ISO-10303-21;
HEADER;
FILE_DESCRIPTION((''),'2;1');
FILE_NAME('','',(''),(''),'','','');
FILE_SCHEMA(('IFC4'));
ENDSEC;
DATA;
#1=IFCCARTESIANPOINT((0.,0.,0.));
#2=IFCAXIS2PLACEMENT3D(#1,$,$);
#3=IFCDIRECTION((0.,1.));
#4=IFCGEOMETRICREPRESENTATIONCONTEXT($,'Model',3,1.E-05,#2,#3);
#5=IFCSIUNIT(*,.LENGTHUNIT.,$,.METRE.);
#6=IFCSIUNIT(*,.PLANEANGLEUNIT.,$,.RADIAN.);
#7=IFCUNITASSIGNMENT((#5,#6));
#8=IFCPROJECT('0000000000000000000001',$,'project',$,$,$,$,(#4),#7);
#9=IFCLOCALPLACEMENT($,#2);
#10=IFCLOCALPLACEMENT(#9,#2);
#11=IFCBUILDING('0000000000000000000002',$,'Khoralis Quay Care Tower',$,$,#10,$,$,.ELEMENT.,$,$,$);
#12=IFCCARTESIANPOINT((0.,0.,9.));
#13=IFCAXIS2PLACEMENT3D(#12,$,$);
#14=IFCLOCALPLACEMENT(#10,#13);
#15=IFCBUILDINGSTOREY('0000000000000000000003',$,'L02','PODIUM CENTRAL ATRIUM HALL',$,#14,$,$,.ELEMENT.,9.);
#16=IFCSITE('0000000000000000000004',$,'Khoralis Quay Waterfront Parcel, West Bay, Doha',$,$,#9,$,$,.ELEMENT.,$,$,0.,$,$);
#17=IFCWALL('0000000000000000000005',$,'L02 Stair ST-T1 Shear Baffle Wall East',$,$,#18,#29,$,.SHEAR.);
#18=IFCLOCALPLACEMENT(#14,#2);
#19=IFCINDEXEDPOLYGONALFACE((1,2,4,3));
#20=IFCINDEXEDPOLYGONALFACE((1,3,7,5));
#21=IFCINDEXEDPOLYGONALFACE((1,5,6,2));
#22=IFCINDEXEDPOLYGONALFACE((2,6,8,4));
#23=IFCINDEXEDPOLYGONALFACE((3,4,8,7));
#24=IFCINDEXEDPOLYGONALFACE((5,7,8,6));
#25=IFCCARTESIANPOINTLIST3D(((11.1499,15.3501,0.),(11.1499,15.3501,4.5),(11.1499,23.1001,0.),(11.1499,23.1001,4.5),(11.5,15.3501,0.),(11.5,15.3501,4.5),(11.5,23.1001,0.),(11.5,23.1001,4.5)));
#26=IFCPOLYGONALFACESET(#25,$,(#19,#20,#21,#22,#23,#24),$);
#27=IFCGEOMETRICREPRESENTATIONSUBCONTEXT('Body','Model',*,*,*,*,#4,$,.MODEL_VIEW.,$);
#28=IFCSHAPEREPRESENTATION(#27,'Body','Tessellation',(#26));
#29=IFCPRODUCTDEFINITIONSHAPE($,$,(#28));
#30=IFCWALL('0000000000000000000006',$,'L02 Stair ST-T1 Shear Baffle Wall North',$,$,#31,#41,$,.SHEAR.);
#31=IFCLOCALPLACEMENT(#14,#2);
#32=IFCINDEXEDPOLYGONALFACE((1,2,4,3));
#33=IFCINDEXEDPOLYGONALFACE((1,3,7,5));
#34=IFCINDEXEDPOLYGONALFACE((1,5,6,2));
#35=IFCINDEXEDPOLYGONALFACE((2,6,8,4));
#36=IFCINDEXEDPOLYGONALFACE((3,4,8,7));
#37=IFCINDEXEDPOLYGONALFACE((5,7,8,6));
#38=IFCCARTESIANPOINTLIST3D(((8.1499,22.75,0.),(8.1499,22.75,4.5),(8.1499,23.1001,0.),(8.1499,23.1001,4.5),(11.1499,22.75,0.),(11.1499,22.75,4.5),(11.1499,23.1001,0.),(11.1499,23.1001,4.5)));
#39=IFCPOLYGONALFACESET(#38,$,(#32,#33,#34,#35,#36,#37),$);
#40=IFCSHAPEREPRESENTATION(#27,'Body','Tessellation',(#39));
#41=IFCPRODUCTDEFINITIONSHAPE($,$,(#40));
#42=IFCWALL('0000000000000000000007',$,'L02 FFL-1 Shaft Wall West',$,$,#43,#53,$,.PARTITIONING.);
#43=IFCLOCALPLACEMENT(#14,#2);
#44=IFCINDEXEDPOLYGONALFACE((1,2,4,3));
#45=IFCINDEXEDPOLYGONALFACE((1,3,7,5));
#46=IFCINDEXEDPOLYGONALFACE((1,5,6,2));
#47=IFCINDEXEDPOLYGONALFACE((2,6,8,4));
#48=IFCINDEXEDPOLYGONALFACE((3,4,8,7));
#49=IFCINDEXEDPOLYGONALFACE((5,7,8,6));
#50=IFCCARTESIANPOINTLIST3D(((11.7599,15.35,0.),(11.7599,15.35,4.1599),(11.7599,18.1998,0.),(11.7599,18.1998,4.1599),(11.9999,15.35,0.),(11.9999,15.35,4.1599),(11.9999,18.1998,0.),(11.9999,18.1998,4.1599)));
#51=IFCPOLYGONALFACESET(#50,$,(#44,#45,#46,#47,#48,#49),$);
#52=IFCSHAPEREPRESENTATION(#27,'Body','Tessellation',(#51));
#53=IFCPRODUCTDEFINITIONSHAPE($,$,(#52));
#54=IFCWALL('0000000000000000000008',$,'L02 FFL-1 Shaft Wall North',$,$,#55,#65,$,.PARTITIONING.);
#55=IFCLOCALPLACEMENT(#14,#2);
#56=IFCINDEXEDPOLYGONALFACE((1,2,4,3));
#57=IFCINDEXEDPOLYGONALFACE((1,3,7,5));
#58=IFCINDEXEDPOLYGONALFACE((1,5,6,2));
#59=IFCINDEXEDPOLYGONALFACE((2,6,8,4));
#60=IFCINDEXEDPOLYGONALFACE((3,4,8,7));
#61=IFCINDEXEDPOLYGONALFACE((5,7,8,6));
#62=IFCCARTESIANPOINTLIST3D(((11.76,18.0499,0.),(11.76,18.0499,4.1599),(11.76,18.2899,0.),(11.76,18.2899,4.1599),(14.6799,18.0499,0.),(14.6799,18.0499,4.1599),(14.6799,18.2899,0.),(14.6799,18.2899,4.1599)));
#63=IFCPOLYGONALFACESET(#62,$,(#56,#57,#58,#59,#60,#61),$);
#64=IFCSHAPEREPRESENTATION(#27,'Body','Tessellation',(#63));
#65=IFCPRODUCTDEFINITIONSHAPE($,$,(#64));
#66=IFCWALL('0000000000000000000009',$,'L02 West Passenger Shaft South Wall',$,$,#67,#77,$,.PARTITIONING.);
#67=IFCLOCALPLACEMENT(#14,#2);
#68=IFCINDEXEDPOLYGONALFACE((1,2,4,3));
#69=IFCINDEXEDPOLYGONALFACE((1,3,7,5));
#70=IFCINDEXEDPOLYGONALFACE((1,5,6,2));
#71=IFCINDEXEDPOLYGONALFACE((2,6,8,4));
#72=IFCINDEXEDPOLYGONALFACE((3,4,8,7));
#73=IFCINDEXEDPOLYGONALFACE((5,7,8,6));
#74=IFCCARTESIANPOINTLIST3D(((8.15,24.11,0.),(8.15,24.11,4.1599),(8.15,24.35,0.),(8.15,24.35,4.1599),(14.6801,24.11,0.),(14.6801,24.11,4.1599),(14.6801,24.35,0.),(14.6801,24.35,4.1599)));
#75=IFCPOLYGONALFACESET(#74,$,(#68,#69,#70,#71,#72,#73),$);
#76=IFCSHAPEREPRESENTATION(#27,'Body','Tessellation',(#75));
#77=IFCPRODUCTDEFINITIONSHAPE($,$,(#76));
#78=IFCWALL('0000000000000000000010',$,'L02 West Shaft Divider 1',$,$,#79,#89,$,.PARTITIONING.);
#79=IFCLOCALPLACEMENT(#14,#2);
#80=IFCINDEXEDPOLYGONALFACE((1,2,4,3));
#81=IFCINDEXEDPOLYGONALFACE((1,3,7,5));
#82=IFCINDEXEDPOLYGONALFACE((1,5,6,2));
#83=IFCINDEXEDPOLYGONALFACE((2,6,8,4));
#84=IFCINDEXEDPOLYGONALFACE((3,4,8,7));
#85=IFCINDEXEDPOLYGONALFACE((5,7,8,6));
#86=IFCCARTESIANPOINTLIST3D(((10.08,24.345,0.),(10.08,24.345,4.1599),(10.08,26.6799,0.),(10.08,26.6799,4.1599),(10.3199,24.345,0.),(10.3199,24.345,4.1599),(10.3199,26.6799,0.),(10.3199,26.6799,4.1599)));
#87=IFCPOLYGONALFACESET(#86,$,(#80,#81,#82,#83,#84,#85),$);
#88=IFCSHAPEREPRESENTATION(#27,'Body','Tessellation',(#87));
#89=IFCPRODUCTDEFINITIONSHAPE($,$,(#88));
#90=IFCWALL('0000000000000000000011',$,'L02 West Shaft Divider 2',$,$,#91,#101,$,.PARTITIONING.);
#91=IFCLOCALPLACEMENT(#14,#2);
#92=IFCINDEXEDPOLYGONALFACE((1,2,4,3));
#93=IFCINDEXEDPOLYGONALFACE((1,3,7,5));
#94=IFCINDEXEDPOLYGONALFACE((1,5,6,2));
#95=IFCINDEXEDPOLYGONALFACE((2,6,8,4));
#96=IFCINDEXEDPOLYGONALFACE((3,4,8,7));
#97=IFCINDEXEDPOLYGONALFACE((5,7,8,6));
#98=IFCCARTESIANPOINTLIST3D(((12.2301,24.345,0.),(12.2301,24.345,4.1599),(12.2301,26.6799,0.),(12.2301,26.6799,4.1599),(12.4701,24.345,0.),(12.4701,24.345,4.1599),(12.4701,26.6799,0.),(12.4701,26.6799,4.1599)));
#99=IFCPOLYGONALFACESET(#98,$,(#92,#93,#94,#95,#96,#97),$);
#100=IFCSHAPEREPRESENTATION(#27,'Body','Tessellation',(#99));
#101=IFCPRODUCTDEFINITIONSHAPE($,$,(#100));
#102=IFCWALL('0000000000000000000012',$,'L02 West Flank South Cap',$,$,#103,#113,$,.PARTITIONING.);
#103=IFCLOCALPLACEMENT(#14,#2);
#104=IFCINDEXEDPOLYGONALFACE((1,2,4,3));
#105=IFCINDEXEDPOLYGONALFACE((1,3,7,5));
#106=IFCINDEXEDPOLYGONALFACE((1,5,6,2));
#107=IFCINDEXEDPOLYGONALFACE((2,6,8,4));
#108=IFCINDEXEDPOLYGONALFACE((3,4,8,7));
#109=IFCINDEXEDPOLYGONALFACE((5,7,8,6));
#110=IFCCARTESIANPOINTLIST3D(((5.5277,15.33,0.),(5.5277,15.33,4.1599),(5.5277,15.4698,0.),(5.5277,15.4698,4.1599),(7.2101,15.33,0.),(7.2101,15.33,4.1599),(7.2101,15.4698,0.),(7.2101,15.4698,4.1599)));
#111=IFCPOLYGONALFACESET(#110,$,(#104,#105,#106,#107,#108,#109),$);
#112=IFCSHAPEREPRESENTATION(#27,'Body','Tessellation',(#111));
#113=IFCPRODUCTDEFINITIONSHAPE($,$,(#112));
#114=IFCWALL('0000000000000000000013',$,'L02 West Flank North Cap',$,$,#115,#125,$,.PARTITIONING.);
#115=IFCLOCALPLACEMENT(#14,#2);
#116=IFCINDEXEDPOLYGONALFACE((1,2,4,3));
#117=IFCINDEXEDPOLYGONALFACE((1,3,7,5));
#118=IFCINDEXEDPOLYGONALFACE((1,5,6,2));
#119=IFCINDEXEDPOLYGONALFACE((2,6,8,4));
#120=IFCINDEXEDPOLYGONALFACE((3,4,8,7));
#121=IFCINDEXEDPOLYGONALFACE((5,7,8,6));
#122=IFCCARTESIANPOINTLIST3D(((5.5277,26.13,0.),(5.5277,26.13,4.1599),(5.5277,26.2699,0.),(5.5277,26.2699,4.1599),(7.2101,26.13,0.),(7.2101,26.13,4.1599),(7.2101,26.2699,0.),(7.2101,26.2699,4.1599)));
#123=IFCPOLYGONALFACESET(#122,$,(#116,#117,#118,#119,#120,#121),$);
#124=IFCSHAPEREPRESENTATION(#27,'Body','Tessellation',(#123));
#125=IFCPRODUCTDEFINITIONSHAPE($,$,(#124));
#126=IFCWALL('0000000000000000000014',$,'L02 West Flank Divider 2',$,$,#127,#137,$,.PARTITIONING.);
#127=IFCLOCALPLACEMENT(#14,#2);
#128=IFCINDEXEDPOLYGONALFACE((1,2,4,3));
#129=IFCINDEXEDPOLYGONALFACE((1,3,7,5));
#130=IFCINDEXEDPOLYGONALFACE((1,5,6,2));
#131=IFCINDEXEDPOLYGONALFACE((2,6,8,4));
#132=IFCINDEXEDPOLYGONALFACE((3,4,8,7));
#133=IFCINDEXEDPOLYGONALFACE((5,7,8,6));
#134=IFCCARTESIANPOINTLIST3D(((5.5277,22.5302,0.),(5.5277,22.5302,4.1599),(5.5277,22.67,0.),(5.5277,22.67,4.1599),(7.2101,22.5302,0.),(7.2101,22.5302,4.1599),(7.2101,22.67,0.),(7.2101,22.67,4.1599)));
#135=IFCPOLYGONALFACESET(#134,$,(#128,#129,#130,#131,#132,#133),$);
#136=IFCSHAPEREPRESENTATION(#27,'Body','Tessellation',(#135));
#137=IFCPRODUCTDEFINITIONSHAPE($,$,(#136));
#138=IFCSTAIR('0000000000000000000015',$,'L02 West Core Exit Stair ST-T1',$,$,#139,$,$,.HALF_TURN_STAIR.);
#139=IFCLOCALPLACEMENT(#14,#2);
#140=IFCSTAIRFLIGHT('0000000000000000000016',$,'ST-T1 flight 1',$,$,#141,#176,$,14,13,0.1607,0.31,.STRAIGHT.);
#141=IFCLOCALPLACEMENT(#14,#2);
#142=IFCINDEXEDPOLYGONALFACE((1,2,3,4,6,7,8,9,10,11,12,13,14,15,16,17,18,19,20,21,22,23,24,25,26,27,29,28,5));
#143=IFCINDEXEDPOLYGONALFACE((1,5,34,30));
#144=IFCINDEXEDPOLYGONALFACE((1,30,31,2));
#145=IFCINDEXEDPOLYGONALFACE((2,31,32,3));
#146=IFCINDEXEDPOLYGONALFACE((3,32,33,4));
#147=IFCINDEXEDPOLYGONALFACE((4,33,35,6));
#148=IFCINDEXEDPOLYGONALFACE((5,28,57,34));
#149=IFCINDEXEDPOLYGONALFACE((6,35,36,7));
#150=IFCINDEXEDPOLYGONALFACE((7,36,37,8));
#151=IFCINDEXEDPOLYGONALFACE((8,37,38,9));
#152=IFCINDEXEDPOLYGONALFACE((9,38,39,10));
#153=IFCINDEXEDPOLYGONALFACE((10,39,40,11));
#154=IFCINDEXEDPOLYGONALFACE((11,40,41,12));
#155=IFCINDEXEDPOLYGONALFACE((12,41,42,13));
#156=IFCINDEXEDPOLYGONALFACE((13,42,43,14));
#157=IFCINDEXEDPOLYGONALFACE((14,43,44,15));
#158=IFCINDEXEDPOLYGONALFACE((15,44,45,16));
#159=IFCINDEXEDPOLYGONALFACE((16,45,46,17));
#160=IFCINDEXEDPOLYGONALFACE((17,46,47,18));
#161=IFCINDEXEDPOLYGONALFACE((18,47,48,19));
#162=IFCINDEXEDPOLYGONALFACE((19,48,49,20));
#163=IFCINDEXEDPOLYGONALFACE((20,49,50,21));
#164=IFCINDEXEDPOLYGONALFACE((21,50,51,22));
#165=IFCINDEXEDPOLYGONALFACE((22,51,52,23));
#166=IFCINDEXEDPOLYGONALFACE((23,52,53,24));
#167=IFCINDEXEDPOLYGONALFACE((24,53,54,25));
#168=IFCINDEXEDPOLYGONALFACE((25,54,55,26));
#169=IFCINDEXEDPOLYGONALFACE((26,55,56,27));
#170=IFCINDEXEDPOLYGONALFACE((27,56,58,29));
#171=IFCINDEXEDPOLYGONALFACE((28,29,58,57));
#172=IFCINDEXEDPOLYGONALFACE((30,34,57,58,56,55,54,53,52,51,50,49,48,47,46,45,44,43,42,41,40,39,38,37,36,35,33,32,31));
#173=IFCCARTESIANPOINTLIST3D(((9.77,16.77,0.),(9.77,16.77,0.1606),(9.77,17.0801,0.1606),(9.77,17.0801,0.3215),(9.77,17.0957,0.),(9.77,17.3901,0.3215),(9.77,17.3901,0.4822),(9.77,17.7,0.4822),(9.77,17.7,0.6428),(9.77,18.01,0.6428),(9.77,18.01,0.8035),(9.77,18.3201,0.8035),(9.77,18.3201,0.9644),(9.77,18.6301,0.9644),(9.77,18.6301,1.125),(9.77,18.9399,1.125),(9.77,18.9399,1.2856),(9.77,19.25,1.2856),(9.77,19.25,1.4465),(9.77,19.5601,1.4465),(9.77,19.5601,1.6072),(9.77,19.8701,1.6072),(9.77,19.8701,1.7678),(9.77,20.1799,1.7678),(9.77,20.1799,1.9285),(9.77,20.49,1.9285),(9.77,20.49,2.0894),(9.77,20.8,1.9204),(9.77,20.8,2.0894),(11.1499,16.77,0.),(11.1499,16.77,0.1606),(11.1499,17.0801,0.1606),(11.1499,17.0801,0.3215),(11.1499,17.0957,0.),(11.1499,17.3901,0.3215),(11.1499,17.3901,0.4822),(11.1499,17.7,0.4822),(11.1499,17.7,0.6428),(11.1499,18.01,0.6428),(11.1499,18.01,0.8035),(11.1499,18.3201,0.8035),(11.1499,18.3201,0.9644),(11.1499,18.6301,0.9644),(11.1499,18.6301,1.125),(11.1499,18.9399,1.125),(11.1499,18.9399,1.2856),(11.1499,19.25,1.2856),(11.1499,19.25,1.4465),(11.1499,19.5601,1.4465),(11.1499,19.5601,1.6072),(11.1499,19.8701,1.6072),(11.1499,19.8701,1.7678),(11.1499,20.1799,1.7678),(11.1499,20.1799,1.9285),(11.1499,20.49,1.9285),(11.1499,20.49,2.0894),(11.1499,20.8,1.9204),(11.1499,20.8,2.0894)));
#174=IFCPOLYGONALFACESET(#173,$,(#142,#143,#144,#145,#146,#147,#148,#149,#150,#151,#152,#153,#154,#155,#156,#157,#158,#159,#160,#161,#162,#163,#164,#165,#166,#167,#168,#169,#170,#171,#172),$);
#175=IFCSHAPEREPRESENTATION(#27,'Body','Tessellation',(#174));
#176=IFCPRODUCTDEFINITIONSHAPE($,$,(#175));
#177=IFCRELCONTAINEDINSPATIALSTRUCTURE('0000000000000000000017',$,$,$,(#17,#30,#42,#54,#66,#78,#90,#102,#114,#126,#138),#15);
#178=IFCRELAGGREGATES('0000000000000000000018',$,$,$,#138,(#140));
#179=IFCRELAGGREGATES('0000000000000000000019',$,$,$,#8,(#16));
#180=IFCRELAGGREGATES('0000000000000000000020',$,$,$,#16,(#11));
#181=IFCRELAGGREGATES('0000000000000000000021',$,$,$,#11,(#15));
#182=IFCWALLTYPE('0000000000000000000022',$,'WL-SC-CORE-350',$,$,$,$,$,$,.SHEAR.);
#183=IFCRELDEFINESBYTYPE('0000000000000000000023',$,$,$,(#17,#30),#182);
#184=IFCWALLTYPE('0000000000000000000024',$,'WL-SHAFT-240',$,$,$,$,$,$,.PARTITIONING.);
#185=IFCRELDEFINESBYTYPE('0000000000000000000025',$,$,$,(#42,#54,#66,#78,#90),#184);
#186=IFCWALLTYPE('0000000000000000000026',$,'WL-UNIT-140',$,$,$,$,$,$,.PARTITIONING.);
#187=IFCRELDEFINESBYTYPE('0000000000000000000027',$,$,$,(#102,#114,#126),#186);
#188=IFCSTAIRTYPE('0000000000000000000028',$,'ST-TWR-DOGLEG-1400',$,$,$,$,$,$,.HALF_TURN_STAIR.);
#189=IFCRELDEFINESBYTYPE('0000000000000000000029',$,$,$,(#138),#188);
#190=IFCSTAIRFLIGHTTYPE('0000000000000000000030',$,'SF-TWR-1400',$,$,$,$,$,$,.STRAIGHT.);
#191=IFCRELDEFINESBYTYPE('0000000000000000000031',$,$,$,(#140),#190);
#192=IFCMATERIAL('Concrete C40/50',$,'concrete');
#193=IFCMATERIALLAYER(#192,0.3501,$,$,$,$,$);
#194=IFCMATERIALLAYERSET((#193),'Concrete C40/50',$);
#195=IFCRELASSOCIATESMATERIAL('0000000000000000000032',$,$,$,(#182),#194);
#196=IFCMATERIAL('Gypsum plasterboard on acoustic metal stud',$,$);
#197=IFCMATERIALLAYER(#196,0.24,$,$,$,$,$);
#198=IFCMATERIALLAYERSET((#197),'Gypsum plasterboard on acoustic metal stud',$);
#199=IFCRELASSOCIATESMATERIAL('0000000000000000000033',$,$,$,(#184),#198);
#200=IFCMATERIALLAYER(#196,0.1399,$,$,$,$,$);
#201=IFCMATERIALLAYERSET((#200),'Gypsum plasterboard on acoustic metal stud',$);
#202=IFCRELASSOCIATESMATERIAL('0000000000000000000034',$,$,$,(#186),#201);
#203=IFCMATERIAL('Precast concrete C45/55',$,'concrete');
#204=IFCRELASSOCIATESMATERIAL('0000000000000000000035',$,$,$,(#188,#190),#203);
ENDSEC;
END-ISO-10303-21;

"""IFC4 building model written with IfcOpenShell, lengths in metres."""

from ifc_helpers import new_model, si_unit, direction, frame, frame_2d, origin, place, context, subcontext, project, spatial, polyline, rectangle, outline, extrude, source, transform, mapped, material, layer, layer_set, type_object, element, aggregate, save


model = new_model("IFC4")

# Units and contexts
model_context = context("Model", 3, precision=1e-05, world=origin(), true_north=direction((0.0, 1.0)))
body_context = subcontext(model_context, "Body", "Model", "MODEL_VIEW")
ifc_project = project(units=[si_unit("LENGTHUNIT", "METRE"), si_unit("PLANEANGLEUNIT", "RADIAN")], contexts=[model_context])

# Site, building, storey
site_placement = place(None, origin())
site = spatial("IfcSite", under=ifc_project, at=site_placement, Name="Khoralis Quay Waterfront Parcel, West Bay, Doha", CompositionType="ELEMENT", RefElevation=0.0)
building_placement = place(site_placement, origin())
building = spatial("IfcBuilding", under=site, at=building_placement, Name="Khoralis Quay Care Tower", CompositionType="ELEMENT")
storey_placement = place(building_placement, frame((0.0, 0.0, 9.0)))
storey = spatial("IfcBuildingStorey", under=building, at=storey_placement, Name="L02", Description="PODIUM CENTRAL ATRIUM HALL", CompositionType="ELEMENT", Elevation=9.0)

# Shared definitions
ifc_material_1 = material(Name="Gypsum plasterboard on acoustic metal stud")

# Walls
ifc_material_2 = material(Name="Concrete C40/50", Category="concrete")
ifc_layer_1 = layer(ifc_material_2, 0.3501)
ifc_layer_set_1 = layer_set([ifc_layer_1], Name="Concrete C40/50")
wall_type_1 = type_object("IfcWallType", Name="WL-SC-CORE-350", PredefinedType="SHEAR", material=ifc_layer_set_1)
wall_1_placement = place(storey_placement, frame((11.325, 15.3501, 0.0), z_axis=(0.0, 0.0, 1.0), x_axis=(0.0, 1.0, 0.0)))
element("IfcWall", 1, at=wall_1_placement, inside=storey, type_object=wall_type_1, Name="L02 Stair ST-T1 Shear Baffle Wall East", PredefinedType="SHEAR", context=body_context, shape_type="SweptSolid", body=[
    extrude(rectangle(XDim=7.75, YDim=0.3501, at=frame_2d((3.875, 0.0))), origin(), (0.0, 0.0, 1.0), 4.5),
])
wall_2_placement = place(storey_placement, frame((8.1499, 22.925, 0.0), z_axis=(0.0, 0.0, 1.0), x_axis=(1.0, 0.0, 0.0)))
element("IfcWall", 2, at=wall_2_placement, inside=storey, type_object=wall_type_1, Name="L02 Stair ST-T1 Shear Baffle Wall North", PredefinedType="SHEAR", context=body_context, shape_type="SweptSolid", body=[
    extrude(rectangle(XDim=3.0, YDim=0.3501, at=frame_2d((1.5, 0.0))), origin(), (0.0, 0.0, 1.0), 4.5),
])
ifc_layer_2 = layer(ifc_material_1, 0.24)
ifc_layer_set_2 = layer_set([ifc_layer_2], Name="Gypsum plasterboard on acoustic metal stud")
wall_type_2 = type_object("IfcWallType", Name="WL-SHAFT-240", PredefinedType="PARTITIONING", material=ifc_layer_set_2)
wall_3_placement = place(storey_placement, frame((11.8799, 15.3501, 0.0), z_axis=(0.0, 0.0, 1.0), x_axis=(0.0, 1.0, 0.0)))
element("IfcWall", 3, at=wall_3_placement, inside=storey, type_object=wall_type_2, Name="L02 FFL-1 Shaft Wall West", PredefinedType="PARTITIONING", context=body_context, shape_type="SweptSolid", body=[
    extrude(rectangle(XDim=2.8499, YDim=0.24, at=frame_2d((1.4248, 0.0))), origin(), (0.0, 0.0, 1.0), 4.1599),
])
wall_4_placement = place(storey_placement, frame((11.76, 18.1699, 0.0), z_axis=(0.0, 0.0, 1.0), x_axis=(1.0, 0.0, 0.0)))
element("IfcWall", 4, at=wall_4_placement, inside=storey, type_object=wall_type_2, Name="L02 FFL-1 Shaft Wall North", PredefinedType="PARTITIONING", context=body_context, shape_type="SweptSolid", body=[
    extrude(rectangle(XDim=2.9199, YDim=0.24, at=frame_2d((1.46, 0.0))), origin(), (0.0, 0.0, 1.0), 4.1599),
])
wall_5_placement = place(storey_placement, frame((8.1499, 24.23, 0.0), z_axis=(0.0, 0.0, 1.0), x_axis=(1.0, 0.0, 0.0)))
element("IfcWall", 5, at=wall_5_placement, inside=storey, type_object=wall_type_2, Name="L02 West Passenger Shaft South Wall", PredefinedType="PARTITIONING", context=body_context, shape_type="SweptSolid", body=[
    extrude(rectangle(XDim=6.53, YDim=0.24, at=frame_2d((3.2651, 0.0))), origin(), (0.0, 0.0, 1.0), 4.1599),
])
for number, where, z_axis, x_axis, name in (
    (6, (10.2, 24.345, 0.0), (0.0, 0.0, 1.0), (0.0, 1.0, 0.0), "L02 West Shaft Divider 1"),
    (7, (12.3501, 24.345, 0.0), (0.0, 0.0, 1.0), (0.0, 1.0, 0.0), "L02 West Shaft Divider 2"),
):
    element("IfcWall", number, at=place(storey_placement, frame(where, z_axis=z_axis, x_axis=x_axis)), inside=storey, type_object=wall_type_2, Name=name, PredefinedType="PARTITIONING", context=body_context, shape_type="SweptSolid", body=[
        extrude(rectangle(XDim=2.335, YDim=0.24, at=frame_2d((1.1675, 0.0))), origin(), (0.0, 0.0, 1.0), 4.1599),
    ])
ifc_layer_3 = layer(ifc_material_1, 0.1399)
ifc_layer_set_3 = layer_set([ifc_layer_3], Name="Gypsum plasterboard on acoustic metal stud")
wall_type_3 = type_object("IfcWallType", Name="WL-UNIT-140", PredefinedType="PARTITIONING", material=ifc_layer_set_3)
for number, where, z_axis, x_axis, name in (
    (8, (5.5276, 15.3999, 0.0), (0.0, 0.0, 1.0), (1.0, 0.0, 0.0), "L02 West Flank South Cap"),
    (9, (5.5276, 26.2, 0.0), (0.0, 0.0, 1.0), (1.0, 0.0, 0.0), "L02 West Flank North Cap"),
    (10, (5.5276, 22.6001, 0.0), (0.0, 0.0, 1.0), (1.0, 0.0, 0.0), "L02 West Flank Divider 2"),
):
    element("IfcWall", number, at=place(storey_placement, frame(where, z_axis=z_axis, x_axis=x_axis)), inside=storey, type_object=wall_type_3, Name=name, PredefinedType="PARTITIONING", context=body_context, shape_type="SweptSolid", body=[
        extrude(rectangle(XDim=1.6824, YDim=0.1399, at=frame_2d((0.8413, 0.0))), origin(), (0.0, 0.0, 1.0), 4.1599),
    ])

# Stair, stair flight
ifc_material_3 = material(Name="Precast concrete C45/55", Category="concrete")
stair_type = type_object("IfcStairType", Name="ST-TWR-DOGLEG-1400", PredefinedType="HALF_TURN_STAIR", material=ifc_material_3)
stair_placement = place(storey_placement, origin())
stair = element("IfcStair", 11, at=stair_placement, inside=storey, type_object=stair_type, Name="L02 West Core Exit Stair ST-T1", PredefinedType="HALF_TURN_STAIR")
stair_flight_type = type_object("IfcStairFlightType", Name="SF-TWR-1400", PredefinedType="STRAIGHT", material=ifc_material_3)
shared_shape_1 = source(origin(), body_context, "Body", "SweptSolid", [
    extrude(outline(polyline([(0.0, 0.0), (0.0, 0.1606), (0.3101, 0.1606), (0.3101, 0.3215), (0.6201, 0.3215), (0.6201, 0.4822), (0.9299, 0.4822), (0.9299, 0.6428), (1.24, 0.6428), (1.24, 0.8035), (1.55, 0.8035), (1.55, 0.9644), (1.8601, 0.9644), (1.8601, 1.125), (2.1699, 1.125), (2.1699, 1.2856), (2.48, 1.2856), (2.48, 1.4465), (2.79, 1.4465), (2.79, 1.6072), (3.1001, 1.6072), (3.1001, 1.7678), (3.4099, 1.7678), (3.4099, 1.9285), (3.72, 1.9285), (3.72, 2.0894), (4.03, 2.0894), (4.03, 2.25), (4.03, 1.9204), (0.3257, 0.0), (0.0, 0.0)])), frame((0.0, 0.6899, 0.0), z_axis=(0.0, -1.0, 0.0), x_axis=(1.0, 0.0, 0.0)), (0.0, 0.0, 1.0), 1.3799),
])
stair_flight_1_placement = place(storey_placement, frame((10.46, 16.77, 0.0), z_axis=(0.0, 0.0, 1.0), x_axis=(0.0, 1.0, 0.0)))
stair_flight_1 = element("IfcStairFlight", 12, at=stair_flight_1_placement, type_object=stair_flight_type, Name="ST-T1 flight 1", NumberOfRisers=14, NumberOfTreads=13, PredefinedType="STRAIGHT", RiserHeight=0.1607, TreadLength=0.31, context=body_context, shape_type="MappedRepresentation", body=[
    mapped(shared_shape_1, transform((0.0, 0.0, 0.0), scale=1.0)),
])
aggregate(stair, [stair_flight_1])

save(model, "model.ifc")
